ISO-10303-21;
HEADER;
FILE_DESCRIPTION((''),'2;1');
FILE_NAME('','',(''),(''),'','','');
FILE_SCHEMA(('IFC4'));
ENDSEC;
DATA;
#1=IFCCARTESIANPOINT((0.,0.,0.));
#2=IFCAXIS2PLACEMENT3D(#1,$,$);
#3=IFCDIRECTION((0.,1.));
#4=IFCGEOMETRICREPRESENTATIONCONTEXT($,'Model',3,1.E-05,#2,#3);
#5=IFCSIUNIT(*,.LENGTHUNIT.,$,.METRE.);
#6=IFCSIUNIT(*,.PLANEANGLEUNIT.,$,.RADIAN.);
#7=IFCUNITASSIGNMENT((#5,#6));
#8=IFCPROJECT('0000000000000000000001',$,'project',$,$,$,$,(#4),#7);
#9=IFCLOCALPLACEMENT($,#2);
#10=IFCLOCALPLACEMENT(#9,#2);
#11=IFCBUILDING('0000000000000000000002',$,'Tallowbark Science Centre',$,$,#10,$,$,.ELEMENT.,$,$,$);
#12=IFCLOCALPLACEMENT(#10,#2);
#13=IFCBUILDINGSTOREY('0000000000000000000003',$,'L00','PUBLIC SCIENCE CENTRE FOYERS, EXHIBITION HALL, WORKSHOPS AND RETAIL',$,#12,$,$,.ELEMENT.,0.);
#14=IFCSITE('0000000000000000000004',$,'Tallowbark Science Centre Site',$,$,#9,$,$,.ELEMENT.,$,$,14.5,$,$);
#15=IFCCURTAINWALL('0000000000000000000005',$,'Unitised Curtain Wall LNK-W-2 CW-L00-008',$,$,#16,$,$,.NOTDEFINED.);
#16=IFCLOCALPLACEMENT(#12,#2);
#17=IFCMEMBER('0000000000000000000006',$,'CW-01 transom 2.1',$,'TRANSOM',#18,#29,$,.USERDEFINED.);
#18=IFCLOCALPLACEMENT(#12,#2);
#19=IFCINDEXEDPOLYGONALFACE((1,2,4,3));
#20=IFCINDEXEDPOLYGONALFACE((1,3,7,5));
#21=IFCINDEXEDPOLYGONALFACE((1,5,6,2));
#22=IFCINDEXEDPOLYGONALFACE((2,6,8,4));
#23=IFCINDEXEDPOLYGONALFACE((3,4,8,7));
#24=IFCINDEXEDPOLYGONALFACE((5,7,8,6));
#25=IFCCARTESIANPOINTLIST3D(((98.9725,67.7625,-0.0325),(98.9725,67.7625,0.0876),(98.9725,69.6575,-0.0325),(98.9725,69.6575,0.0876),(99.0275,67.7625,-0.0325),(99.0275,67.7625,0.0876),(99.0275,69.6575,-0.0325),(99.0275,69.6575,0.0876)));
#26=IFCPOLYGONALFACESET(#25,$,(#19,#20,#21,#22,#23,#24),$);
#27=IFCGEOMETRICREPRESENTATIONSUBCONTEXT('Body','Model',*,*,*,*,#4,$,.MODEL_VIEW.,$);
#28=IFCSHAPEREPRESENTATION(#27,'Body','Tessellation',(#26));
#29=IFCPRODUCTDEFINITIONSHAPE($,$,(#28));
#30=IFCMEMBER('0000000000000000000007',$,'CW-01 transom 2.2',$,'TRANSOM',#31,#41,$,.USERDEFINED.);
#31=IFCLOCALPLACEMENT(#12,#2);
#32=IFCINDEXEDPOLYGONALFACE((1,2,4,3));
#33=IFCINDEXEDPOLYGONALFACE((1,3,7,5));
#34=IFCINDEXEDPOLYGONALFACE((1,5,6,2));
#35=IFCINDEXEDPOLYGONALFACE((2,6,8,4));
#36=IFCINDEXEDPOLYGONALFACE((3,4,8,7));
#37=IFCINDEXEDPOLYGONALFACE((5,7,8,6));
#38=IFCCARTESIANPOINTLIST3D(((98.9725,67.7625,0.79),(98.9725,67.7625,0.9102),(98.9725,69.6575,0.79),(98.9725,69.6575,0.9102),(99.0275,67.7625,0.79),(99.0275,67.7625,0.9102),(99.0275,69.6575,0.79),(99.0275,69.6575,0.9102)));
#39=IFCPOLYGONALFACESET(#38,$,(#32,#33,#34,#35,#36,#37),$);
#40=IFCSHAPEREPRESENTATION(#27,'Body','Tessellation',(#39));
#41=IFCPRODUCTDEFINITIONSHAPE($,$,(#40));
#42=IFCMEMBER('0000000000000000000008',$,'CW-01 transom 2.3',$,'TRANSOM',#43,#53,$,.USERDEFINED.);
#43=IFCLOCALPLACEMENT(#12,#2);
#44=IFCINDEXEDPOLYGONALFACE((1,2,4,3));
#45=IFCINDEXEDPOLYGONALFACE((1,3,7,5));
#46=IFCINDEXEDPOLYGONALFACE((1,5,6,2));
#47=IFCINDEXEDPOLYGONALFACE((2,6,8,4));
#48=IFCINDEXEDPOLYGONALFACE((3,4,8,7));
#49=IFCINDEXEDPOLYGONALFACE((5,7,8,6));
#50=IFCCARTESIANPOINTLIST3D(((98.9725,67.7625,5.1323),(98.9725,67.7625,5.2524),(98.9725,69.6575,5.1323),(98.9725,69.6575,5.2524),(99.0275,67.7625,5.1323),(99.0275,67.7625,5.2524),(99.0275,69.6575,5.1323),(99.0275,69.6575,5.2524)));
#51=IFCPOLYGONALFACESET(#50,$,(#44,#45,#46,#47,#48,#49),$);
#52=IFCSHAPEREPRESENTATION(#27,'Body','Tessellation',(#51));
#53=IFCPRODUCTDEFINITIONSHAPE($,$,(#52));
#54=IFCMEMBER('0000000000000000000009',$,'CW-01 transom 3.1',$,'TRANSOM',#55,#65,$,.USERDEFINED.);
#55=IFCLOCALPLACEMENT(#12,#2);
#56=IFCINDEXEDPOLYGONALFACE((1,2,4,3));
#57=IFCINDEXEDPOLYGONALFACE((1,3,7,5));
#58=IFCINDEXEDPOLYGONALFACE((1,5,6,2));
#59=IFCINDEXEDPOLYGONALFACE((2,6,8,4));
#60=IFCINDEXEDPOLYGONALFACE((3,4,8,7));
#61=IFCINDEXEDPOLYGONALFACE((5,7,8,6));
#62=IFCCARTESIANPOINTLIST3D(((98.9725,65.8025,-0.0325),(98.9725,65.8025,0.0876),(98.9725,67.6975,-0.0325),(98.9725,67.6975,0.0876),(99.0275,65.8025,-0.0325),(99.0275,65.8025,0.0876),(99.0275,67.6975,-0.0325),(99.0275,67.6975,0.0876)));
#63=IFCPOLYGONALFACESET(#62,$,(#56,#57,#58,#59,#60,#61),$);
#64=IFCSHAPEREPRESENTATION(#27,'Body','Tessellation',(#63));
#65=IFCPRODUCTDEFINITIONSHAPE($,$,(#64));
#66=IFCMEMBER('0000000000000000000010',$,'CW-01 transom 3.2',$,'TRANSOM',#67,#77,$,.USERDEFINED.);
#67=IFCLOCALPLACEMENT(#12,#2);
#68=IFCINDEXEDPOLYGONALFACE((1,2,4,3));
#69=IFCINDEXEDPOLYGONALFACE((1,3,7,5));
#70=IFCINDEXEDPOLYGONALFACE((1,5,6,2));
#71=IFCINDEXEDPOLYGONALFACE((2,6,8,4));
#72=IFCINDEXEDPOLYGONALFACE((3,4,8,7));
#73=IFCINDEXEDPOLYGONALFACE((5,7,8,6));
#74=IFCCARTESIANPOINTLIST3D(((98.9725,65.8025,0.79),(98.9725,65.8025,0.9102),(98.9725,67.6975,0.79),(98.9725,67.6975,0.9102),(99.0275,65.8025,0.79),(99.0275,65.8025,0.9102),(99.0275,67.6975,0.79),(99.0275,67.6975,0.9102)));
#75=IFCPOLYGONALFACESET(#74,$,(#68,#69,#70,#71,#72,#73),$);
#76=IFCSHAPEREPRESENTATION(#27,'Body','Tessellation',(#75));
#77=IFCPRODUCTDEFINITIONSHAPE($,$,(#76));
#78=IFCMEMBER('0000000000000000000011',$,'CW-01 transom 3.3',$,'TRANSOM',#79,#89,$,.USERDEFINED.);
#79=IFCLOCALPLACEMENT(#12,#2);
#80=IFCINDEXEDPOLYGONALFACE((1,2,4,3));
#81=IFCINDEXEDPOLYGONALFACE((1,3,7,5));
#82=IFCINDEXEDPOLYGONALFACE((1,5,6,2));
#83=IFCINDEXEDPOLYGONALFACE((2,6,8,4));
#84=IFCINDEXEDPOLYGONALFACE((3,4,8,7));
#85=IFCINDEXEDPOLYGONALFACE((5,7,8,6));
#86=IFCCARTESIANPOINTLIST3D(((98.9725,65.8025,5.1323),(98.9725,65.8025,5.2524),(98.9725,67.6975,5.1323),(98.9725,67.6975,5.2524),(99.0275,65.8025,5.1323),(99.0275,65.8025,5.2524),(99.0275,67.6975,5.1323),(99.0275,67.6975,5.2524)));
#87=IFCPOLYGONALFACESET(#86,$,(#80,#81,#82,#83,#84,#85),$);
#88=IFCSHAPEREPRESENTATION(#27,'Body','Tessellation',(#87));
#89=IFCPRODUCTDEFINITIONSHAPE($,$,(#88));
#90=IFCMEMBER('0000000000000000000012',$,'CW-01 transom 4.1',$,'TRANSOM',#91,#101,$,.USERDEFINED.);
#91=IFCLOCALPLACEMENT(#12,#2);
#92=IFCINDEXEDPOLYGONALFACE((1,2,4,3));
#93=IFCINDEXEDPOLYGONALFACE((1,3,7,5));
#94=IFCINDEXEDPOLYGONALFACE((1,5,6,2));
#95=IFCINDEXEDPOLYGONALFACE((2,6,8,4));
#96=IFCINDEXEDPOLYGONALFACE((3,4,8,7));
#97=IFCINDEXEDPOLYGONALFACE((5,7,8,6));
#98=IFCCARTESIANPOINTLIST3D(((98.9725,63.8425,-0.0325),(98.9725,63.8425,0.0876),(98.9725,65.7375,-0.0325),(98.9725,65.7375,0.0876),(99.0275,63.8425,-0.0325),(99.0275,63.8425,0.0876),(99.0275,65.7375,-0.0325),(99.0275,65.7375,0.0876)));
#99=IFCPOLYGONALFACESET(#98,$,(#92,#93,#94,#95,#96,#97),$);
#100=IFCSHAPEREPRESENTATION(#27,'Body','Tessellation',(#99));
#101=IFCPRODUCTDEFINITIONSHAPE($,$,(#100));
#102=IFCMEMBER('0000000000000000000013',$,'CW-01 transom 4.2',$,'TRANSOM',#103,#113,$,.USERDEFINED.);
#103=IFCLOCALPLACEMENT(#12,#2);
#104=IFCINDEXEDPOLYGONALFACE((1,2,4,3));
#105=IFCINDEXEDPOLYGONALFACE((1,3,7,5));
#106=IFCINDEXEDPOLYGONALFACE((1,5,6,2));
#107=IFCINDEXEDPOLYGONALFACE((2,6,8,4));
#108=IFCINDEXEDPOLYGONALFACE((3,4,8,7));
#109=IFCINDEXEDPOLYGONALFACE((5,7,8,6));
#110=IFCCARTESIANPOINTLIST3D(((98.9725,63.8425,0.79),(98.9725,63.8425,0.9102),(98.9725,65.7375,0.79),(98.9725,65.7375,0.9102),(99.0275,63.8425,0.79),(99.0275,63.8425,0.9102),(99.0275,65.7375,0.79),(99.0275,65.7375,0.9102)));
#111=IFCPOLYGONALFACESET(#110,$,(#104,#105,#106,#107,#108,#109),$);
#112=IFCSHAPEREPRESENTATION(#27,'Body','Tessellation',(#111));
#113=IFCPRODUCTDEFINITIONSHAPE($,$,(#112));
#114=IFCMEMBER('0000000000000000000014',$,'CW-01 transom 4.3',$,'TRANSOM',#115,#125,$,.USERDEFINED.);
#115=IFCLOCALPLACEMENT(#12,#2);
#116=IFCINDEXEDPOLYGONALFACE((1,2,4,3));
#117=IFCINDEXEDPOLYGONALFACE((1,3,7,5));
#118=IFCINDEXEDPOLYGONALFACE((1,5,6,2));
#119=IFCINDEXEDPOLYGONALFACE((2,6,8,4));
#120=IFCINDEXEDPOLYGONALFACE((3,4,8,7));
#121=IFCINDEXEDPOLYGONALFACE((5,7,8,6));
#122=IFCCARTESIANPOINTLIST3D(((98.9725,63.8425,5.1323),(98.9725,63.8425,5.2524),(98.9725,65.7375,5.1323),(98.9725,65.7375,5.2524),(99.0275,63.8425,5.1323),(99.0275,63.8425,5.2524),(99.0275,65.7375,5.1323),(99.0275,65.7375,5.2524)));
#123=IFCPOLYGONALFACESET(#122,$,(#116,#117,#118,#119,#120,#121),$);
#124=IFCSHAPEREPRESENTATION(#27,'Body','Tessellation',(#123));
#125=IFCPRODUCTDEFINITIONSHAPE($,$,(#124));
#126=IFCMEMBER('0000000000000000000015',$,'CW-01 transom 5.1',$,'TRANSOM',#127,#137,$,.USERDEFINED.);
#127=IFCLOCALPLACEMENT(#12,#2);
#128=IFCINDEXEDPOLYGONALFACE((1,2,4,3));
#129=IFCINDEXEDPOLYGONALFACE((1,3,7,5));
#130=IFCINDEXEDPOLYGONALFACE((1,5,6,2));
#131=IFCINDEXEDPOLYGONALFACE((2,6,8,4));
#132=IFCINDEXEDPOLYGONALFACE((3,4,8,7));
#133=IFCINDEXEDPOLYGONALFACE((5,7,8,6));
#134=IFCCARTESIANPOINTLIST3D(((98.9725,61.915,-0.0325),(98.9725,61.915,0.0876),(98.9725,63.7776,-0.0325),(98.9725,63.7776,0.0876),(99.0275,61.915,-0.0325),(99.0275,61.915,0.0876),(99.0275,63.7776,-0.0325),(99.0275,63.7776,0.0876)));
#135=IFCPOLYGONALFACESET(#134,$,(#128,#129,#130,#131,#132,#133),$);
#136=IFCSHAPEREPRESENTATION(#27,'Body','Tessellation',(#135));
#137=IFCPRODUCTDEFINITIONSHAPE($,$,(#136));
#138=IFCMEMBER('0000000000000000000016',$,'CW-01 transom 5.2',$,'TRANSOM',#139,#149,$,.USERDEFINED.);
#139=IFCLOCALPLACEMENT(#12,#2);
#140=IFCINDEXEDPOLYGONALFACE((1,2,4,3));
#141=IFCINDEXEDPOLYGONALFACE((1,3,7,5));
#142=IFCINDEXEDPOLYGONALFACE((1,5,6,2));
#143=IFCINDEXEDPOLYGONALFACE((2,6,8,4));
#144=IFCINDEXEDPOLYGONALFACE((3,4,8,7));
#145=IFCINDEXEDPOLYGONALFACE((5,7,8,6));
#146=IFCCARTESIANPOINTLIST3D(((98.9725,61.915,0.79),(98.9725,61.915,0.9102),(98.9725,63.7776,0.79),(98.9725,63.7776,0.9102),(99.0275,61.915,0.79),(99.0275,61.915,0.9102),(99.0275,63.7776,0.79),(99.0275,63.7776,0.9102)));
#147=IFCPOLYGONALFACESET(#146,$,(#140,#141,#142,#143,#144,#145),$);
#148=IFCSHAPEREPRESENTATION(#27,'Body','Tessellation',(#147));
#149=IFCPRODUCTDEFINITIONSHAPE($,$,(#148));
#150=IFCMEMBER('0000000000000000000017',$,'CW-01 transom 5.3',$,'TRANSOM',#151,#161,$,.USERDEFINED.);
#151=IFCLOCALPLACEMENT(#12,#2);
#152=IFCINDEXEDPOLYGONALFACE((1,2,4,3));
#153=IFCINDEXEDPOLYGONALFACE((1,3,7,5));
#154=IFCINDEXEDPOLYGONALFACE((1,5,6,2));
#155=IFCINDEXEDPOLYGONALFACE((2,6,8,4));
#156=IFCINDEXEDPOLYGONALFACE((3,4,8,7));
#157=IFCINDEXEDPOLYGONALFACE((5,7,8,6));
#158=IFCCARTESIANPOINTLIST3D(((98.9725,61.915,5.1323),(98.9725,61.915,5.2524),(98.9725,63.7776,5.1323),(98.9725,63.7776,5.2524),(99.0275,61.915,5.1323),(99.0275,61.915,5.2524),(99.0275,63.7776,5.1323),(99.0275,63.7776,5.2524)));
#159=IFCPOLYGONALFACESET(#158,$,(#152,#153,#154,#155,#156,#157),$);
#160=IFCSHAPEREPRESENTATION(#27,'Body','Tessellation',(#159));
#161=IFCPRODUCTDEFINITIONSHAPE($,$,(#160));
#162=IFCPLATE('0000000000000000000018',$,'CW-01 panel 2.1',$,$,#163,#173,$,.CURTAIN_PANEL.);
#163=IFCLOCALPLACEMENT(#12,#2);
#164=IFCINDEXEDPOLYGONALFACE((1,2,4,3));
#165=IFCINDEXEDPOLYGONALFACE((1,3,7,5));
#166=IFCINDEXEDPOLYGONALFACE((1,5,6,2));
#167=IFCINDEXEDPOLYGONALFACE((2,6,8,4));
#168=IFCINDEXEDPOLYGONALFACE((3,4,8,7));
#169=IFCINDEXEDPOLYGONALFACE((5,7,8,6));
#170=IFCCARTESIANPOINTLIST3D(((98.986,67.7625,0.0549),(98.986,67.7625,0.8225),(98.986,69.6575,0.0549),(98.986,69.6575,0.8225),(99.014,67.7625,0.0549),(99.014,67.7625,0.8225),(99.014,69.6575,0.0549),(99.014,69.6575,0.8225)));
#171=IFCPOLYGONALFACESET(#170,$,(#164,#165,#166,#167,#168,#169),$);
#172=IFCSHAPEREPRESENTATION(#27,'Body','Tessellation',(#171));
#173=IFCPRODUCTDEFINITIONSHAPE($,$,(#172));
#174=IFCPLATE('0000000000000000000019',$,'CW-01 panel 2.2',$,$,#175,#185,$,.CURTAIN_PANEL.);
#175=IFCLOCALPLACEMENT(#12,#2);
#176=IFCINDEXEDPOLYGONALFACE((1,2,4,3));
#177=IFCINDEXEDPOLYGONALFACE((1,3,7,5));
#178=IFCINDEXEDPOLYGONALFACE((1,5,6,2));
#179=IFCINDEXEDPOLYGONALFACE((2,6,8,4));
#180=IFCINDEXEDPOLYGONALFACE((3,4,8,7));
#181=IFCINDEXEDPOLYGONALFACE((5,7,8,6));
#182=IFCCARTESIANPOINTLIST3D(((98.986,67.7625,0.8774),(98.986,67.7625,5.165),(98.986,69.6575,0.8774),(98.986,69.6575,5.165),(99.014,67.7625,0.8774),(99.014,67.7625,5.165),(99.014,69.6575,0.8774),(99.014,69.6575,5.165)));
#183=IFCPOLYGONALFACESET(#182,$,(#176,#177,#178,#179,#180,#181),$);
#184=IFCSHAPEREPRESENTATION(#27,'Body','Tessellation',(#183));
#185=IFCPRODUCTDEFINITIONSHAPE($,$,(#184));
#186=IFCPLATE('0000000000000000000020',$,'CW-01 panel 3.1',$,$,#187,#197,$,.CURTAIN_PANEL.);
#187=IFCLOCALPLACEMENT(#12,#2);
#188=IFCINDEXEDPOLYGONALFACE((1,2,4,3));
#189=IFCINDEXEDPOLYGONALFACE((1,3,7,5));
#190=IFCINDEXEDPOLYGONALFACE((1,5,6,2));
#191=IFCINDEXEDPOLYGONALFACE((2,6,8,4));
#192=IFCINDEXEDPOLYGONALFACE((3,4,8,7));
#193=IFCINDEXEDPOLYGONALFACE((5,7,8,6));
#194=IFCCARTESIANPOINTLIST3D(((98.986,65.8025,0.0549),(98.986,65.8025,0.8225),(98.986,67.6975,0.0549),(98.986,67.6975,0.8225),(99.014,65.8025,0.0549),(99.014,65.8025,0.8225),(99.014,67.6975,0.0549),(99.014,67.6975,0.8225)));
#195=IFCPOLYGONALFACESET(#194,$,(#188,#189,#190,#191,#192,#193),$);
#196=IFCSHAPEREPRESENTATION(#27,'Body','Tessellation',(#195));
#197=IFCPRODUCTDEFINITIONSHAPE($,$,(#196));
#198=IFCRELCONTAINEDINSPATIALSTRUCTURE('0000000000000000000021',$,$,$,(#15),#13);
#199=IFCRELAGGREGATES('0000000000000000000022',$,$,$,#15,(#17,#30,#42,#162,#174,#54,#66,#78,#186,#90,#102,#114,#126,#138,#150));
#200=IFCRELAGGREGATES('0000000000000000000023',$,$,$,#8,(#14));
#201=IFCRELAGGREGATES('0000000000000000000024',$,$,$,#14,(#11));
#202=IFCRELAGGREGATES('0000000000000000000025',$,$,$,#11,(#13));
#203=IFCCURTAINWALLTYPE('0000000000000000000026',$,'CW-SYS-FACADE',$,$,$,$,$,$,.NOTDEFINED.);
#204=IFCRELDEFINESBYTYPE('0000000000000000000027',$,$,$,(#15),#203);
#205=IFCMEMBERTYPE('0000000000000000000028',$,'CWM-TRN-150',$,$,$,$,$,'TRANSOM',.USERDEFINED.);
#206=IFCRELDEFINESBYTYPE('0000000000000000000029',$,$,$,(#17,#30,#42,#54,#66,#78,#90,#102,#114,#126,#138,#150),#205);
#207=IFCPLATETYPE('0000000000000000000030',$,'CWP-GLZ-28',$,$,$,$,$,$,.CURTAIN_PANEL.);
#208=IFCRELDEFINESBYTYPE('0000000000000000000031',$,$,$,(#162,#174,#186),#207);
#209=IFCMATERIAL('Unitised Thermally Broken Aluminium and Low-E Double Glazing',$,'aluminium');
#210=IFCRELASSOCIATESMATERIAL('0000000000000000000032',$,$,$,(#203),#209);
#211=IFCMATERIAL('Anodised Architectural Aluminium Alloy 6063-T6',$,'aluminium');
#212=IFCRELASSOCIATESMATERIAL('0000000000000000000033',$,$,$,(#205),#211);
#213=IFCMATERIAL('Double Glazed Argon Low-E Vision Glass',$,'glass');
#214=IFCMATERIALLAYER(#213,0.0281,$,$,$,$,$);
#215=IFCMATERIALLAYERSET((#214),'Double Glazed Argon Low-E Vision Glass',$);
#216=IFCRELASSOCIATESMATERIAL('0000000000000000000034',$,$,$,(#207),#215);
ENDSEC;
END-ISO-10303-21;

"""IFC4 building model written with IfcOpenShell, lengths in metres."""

from ifc_helpers import new_model, si_unit, direction, frame, origin, origin_2d, place, context, subcontext, project, spatial, rectangle, extrude, material, layer, layer_set, material_profile, profile_set, type_object, element, aggregate, save


model = new_model("IFC4")

# Units and contexts
model_context = context("Model", 3, precision=1e-05, world=origin(), true_north=direction((0.0, 1.0)))
body_context = subcontext(model_context, "Body", "Model", "MODEL_VIEW")
ifc_project = project(units=[si_unit("LENGTHUNIT", "METRE"), si_unit("PLANEANGLEUNIT", "RADIAN")], contexts=[model_context])

# Site, building, storey
site_placement = place(None, origin())
site = spatial("IfcSite", under=ifc_project, at=site_placement, Name="Tallowbark Science Centre Site", CompositionType="ELEMENT", RefElevation=14.5)
building_placement = place(site_placement, origin())
building = spatial("IfcBuilding", under=site, at=building_placement, Name="Tallowbark Science Centre", CompositionType="ELEMENT")
storey_placement = place(building_placement, origin())
storey = spatial("IfcBuildingStorey", under=building, at=storey_placement, Name="L00", Description="PUBLIC SCIENCE CENTRE FOYERS, EXHIBITION HALL, WORKSHOPS AND RETAIL", CompositionType="ELEMENT", Elevation=0.0)

# Curtain wall, members, plates
ifc_material_1 = material(Name="Unitised Thermally Broken Aluminium and Low-E Double Glazing", Category="aluminium")
curtain_wall_type = type_object("IfcCurtainWallType", Name="CW-SYS-FACADE", PredefinedType="NOTDEFINED", material=ifc_material_1)
curtain_wall_placement = place(storey_placement, origin())
curtain_wall = element("IfcCurtainWall", 1, at=curtain_wall_placement, inside=storey, type_object=curtain_wall_type, Name="Unitised Curtain Wall LNK-W-2 CW-L00-008", PredefinedType="NOTDEFINED")
ifc_material_2 = material(Name="Anodised Architectural Aluminium Alloy 6063-T6", Category="aluminium")
ifc_material_profile_1 = material_profile(ifc_material_2, rectangle(XDim=0.0549, YDim=0.1201, at=origin_2d()), Name="ALU55x120")
ifc_profile_set_1 = profile_set([ifc_material_profile_1], Name="Anodised Architectural Aluminium Alloy 6063-T6")
member_type_1 = type_object("IfcMemberType", Name="CWM-TRN-150", ElementType="TRANSOM", PredefinedType="USERDEFINED", material=ifc_profile_set_1)
member_1_placement = place(storey_placement, frame((99.0, 69.6575, 0.0276), z_axis=(0.0, -1.0, 0.0), x_axis=(1.0, 0.0, 0.0)))
member_1 = element("IfcMember", 2, at=member_1_placement, type_object=member_type_1, Name="CW-01 transom 2.1", ObjectType="TRANSOM", PredefinedType="USERDEFINED", context=body_context, shape_type="SweptSolid", body=[
    extrude(rectangle(XDim=0.0549, YDim=0.1201, at=origin_2d()), origin(), (0.0, 0.0, 1.0), 1.895),
])
member_2_placement = place(storey_placement, frame((99.0, 69.6575, 0.8501), z_axis=(0.0, -1.0, 0.0), x_axis=(1.0, 0.0, 0.0)))
member_2 = element("IfcMember", 3, at=member_2_placement, type_object=member_type_1, Name="CW-01 transom 2.2", ObjectType="TRANSOM", PredefinedType="USERDEFINED", context=body_context, shape_type="SweptSolid", body=[
    extrude(rectangle(XDim=0.0549, YDim=0.1201, at=origin_2d()), origin(), (0.0, 0.0, 1.0), 1.895),
])
member_3_placement = place(storey_placement, frame((99.0, 69.6575, 5.1924), z_axis=(0.0, -1.0, 0.0), x_axis=(1.0, 0.0, 0.0)))
member_3 = element("IfcMember", 4, at=member_3_placement, type_object=member_type_1, Name="CW-01 transom 2.3", ObjectType="TRANSOM", PredefinedType="USERDEFINED", context=body_context, shape_type="SweptSolid", body=[
    extrude(rectangle(XDim=0.0549, YDim=0.1201, at=origin_2d()), origin(), (0.0, 0.0, 1.0), 1.895),
])
member_4_placement = place(storey_placement, frame((99.0, 67.6975, 0.0276), z_axis=(0.0, -1.0, 0.0), x_axis=(1.0, 0.0, 0.0)))
member_4 = element("IfcMember", 5, at=member_4_placement, type_object=member_type_1, Name="CW-01 transom 3.1", ObjectType="TRANSOM", PredefinedType="USERDEFINED", context=body_context, shape_type="SweptSolid", body=[
    extrude(rectangle(XDim=0.0549, YDim=0.1201, at=origin_2d()), origin(), (0.0, 0.0, 1.0), 1.895),
])
member_5_placement = place(storey_placement, frame((99.0, 67.6975, 0.8501), z_axis=(0.0, -1.0, 0.0), x_axis=(1.0, 0.0, 0.0)))
member_5 = element("IfcMember", 6, at=member_5_placement, type_object=member_type_1, Name="CW-01 transom 3.2", ObjectType="TRANSOM", PredefinedType="USERDEFINED", context=body_context, shape_type="SweptSolid", body=[
    extrude(rectangle(XDim=0.0549, YDim=0.1201, at=origin_2d()), origin(), (0.0, 0.0, 1.0), 1.895),
])
member_6_placement = place(storey_placement, frame((99.0, 67.6975, 5.1924), z_axis=(0.0, -1.0, 0.0), x_axis=(1.0, 0.0, 0.0)))
member_6 = element("IfcMember", 7, at=member_6_placement, type_object=member_type_1, Name="CW-01 transom 3.3", ObjectType="TRANSOM", PredefinedType="USERDEFINED", context=body_context, shape_type="SweptSolid", body=[
    extrude(rectangle(XDim=0.0549, YDim=0.1201, at=origin_2d()), origin(), (0.0, 0.0, 1.0), 1.895),
])
member_7_placement = place(storey_placement, frame((99.0, 65.7375, 0.0276), z_axis=(0.0, -1.0, 0.0), x_axis=(1.0, 0.0, 0.0)))
member_7 = element("IfcMember", 8, at=member_7_placement, type_object=member_type_1, Name="CW-01 transom 4.1", ObjectType="TRANSOM", PredefinedType="USERDEFINED", context=body_context, shape_type="SweptSolid", body=[
    extrude(rectangle(XDim=0.0549, YDim=0.1201, at=origin_2d()), origin(), (0.0, 0.0, 1.0), 1.895),
])
member_8_placement = place(storey_placement, frame((99.0, 65.7375, 0.8501), z_axis=(0.0, -1.0, 0.0), x_axis=(1.0, 0.0, 0.0)))
member_8 = element("IfcMember", 9, at=member_8_placement, type_object=member_type_1, Name="CW-01 transom 4.2", ObjectType="TRANSOM", PredefinedType="USERDEFINED", context=body_context, shape_type="SweptSolid", body=[
    extrude(rectangle(XDim=0.0549, YDim=0.1201, at=origin_2d()), origin(), (0.0, 0.0, 1.0), 1.895),
])
member_9_placement = place(storey_placement, frame((99.0, 65.7375, 5.1924), z_axis=(0.0, -1.0, 0.0), x_axis=(1.0, 0.0, 0.0)))
member_9 = element("IfcMember", 10, at=member_9_placement, type_object=member_type_1, Name="CW-01 transom 4.3", ObjectType="TRANSOM", PredefinedType="USERDEFINED", context=body_context, shape_type="SweptSolid", body=[
    extrude(rectangle(XDim=0.0549, YDim=0.1201, at=origin_2d()), origin(), (0.0, 0.0, 1.0), 1.895),
])
member_10_placement = place(storey_placement, frame((99.0, 63.7776, 0.0276), z_axis=(0.0, -1.0, 0.0), x_axis=(1.0, 0.0, 0.0)))
member_10 = element("IfcMember", 11, at=member_10_placement, type_object=member_type_1, Name="CW-01 transom 5.1", ObjectType="TRANSOM", PredefinedType="USERDEFINED", context=body_context, shape_type="SweptSolid", body=[
    extrude(rectangle(XDim=0.0549, YDim=0.1201, at=origin_2d()), origin(), (0.0, 0.0, 1.0), 1.8625),
])
member_11_placement = place(storey_placement, frame((99.0, 63.7776, 0.8501), z_axis=(0.0, -1.0, 0.0), x_axis=(1.0, 0.0, 0.0)))
member_11 = element("IfcMember", 12, at=member_11_placement, type_object=member_type_1, Name="CW-01 transom 5.2", ObjectType="TRANSOM", PredefinedType="USERDEFINED", context=body_context, shape_type="SweptSolid", body=[
    extrude(rectangle(XDim=0.0549, YDim=0.1201, at=origin_2d()), origin(), (0.0, 0.0, 1.0), 1.8625),
])
member_12_placement = place(storey_placement, frame((99.0, 63.7776, 5.1924), z_axis=(0.0, -1.0, 0.0), x_axis=(1.0, 0.0, 0.0)))
member_12 = element("IfcMember", 13, at=member_12_placement, type_object=member_type_1, Name="CW-01 transom 5.3", ObjectType="TRANSOM", PredefinedType="USERDEFINED", context=body_context, shape_type="SweptSolid", body=[
    extrude(rectangle(XDim=0.0549, YDim=0.1201, at=origin_2d()), origin(), (0.0, 0.0, 1.0), 1.8625),
])
ifc_material_3 = material(Name="Double Glazed Argon Low-E Vision Glass", Category="glass")
ifc_layer_1 = layer(ifc_material_3, 0.0281)
ifc_layer_set_1 = layer_set([ifc_layer_1], Name="Double Glazed Argon Low-E Vision Glass")
plate_type = type_object("IfcPlateType", Name="CWP-GLZ-28", PredefinedType="CURTAIN_PANEL", material=ifc_layer_set_1)
plate_1_placement = place(storey_placement, frame((99.0, 68.71, 0.0549), z_axis=(0.0, 0.0, 1.0), x_axis=(0.0, -1.0, 0.0)))
plate_1 = element("IfcPlate", 14, at=plate_1_placement, type_object=plate_type, Name="CW-01 panel 2.1", PredefinedType="CURTAIN_PANEL", context=body_context, shape_type="SweptSolid", body=[
    extrude(rectangle(XDim=1.895, YDim=0.0281, at=origin_2d()), origin(), (0.0, 0.0, 1.0), 0.7676),
])
plate_2_placement = place(storey_placement, frame((99.0, 68.71, 0.8774), z_axis=(0.0, 0.0, 1.0), x_axis=(0.0, -1.0, 0.0)))
plate_2 = element("IfcPlate", 15, at=plate_2_placement, type_object=plate_type, Name="CW-01 panel 2.2", PredefinedType="CURTAIN_PANEL", context=body_context, shape_type="SweptSolid", body=[
    extrude(rectangle(XDim=1.895, YDim=0.0281, at=origin_2d()), origin(), (0.0, 0.0, 1.0), 4.2876),
])
plate_3_placement = place(storey_placement, frame((99.0, 66.75, 0.0549), z_axis=(0.0, 0.0, 1.0), x_axis=(0.0, -1.0, 0.0)))
plate_3 = element("IfcPlate", 16, at=plate_3_placement, type_object=plate_type, Name="CW-01 panel 3.1", PredefinedType="CURTAIN_PANEL", context=body_context, shape_type="SweptSolid", body=[
    extrude(rectangle(XDim=1.895, YDim=0.0281, at=origin_2d()), origin(), (0.0, 0.0, 1.0), 0.7676),
])
aggregate(curtain_wall, [member_1, member_2, member_3, plate_1, plate_2, member_4, member_5, member_6, plate_3, member_7, member_8, member_9, member_10, member_11, member_12])

save(model, "model.ifc")
